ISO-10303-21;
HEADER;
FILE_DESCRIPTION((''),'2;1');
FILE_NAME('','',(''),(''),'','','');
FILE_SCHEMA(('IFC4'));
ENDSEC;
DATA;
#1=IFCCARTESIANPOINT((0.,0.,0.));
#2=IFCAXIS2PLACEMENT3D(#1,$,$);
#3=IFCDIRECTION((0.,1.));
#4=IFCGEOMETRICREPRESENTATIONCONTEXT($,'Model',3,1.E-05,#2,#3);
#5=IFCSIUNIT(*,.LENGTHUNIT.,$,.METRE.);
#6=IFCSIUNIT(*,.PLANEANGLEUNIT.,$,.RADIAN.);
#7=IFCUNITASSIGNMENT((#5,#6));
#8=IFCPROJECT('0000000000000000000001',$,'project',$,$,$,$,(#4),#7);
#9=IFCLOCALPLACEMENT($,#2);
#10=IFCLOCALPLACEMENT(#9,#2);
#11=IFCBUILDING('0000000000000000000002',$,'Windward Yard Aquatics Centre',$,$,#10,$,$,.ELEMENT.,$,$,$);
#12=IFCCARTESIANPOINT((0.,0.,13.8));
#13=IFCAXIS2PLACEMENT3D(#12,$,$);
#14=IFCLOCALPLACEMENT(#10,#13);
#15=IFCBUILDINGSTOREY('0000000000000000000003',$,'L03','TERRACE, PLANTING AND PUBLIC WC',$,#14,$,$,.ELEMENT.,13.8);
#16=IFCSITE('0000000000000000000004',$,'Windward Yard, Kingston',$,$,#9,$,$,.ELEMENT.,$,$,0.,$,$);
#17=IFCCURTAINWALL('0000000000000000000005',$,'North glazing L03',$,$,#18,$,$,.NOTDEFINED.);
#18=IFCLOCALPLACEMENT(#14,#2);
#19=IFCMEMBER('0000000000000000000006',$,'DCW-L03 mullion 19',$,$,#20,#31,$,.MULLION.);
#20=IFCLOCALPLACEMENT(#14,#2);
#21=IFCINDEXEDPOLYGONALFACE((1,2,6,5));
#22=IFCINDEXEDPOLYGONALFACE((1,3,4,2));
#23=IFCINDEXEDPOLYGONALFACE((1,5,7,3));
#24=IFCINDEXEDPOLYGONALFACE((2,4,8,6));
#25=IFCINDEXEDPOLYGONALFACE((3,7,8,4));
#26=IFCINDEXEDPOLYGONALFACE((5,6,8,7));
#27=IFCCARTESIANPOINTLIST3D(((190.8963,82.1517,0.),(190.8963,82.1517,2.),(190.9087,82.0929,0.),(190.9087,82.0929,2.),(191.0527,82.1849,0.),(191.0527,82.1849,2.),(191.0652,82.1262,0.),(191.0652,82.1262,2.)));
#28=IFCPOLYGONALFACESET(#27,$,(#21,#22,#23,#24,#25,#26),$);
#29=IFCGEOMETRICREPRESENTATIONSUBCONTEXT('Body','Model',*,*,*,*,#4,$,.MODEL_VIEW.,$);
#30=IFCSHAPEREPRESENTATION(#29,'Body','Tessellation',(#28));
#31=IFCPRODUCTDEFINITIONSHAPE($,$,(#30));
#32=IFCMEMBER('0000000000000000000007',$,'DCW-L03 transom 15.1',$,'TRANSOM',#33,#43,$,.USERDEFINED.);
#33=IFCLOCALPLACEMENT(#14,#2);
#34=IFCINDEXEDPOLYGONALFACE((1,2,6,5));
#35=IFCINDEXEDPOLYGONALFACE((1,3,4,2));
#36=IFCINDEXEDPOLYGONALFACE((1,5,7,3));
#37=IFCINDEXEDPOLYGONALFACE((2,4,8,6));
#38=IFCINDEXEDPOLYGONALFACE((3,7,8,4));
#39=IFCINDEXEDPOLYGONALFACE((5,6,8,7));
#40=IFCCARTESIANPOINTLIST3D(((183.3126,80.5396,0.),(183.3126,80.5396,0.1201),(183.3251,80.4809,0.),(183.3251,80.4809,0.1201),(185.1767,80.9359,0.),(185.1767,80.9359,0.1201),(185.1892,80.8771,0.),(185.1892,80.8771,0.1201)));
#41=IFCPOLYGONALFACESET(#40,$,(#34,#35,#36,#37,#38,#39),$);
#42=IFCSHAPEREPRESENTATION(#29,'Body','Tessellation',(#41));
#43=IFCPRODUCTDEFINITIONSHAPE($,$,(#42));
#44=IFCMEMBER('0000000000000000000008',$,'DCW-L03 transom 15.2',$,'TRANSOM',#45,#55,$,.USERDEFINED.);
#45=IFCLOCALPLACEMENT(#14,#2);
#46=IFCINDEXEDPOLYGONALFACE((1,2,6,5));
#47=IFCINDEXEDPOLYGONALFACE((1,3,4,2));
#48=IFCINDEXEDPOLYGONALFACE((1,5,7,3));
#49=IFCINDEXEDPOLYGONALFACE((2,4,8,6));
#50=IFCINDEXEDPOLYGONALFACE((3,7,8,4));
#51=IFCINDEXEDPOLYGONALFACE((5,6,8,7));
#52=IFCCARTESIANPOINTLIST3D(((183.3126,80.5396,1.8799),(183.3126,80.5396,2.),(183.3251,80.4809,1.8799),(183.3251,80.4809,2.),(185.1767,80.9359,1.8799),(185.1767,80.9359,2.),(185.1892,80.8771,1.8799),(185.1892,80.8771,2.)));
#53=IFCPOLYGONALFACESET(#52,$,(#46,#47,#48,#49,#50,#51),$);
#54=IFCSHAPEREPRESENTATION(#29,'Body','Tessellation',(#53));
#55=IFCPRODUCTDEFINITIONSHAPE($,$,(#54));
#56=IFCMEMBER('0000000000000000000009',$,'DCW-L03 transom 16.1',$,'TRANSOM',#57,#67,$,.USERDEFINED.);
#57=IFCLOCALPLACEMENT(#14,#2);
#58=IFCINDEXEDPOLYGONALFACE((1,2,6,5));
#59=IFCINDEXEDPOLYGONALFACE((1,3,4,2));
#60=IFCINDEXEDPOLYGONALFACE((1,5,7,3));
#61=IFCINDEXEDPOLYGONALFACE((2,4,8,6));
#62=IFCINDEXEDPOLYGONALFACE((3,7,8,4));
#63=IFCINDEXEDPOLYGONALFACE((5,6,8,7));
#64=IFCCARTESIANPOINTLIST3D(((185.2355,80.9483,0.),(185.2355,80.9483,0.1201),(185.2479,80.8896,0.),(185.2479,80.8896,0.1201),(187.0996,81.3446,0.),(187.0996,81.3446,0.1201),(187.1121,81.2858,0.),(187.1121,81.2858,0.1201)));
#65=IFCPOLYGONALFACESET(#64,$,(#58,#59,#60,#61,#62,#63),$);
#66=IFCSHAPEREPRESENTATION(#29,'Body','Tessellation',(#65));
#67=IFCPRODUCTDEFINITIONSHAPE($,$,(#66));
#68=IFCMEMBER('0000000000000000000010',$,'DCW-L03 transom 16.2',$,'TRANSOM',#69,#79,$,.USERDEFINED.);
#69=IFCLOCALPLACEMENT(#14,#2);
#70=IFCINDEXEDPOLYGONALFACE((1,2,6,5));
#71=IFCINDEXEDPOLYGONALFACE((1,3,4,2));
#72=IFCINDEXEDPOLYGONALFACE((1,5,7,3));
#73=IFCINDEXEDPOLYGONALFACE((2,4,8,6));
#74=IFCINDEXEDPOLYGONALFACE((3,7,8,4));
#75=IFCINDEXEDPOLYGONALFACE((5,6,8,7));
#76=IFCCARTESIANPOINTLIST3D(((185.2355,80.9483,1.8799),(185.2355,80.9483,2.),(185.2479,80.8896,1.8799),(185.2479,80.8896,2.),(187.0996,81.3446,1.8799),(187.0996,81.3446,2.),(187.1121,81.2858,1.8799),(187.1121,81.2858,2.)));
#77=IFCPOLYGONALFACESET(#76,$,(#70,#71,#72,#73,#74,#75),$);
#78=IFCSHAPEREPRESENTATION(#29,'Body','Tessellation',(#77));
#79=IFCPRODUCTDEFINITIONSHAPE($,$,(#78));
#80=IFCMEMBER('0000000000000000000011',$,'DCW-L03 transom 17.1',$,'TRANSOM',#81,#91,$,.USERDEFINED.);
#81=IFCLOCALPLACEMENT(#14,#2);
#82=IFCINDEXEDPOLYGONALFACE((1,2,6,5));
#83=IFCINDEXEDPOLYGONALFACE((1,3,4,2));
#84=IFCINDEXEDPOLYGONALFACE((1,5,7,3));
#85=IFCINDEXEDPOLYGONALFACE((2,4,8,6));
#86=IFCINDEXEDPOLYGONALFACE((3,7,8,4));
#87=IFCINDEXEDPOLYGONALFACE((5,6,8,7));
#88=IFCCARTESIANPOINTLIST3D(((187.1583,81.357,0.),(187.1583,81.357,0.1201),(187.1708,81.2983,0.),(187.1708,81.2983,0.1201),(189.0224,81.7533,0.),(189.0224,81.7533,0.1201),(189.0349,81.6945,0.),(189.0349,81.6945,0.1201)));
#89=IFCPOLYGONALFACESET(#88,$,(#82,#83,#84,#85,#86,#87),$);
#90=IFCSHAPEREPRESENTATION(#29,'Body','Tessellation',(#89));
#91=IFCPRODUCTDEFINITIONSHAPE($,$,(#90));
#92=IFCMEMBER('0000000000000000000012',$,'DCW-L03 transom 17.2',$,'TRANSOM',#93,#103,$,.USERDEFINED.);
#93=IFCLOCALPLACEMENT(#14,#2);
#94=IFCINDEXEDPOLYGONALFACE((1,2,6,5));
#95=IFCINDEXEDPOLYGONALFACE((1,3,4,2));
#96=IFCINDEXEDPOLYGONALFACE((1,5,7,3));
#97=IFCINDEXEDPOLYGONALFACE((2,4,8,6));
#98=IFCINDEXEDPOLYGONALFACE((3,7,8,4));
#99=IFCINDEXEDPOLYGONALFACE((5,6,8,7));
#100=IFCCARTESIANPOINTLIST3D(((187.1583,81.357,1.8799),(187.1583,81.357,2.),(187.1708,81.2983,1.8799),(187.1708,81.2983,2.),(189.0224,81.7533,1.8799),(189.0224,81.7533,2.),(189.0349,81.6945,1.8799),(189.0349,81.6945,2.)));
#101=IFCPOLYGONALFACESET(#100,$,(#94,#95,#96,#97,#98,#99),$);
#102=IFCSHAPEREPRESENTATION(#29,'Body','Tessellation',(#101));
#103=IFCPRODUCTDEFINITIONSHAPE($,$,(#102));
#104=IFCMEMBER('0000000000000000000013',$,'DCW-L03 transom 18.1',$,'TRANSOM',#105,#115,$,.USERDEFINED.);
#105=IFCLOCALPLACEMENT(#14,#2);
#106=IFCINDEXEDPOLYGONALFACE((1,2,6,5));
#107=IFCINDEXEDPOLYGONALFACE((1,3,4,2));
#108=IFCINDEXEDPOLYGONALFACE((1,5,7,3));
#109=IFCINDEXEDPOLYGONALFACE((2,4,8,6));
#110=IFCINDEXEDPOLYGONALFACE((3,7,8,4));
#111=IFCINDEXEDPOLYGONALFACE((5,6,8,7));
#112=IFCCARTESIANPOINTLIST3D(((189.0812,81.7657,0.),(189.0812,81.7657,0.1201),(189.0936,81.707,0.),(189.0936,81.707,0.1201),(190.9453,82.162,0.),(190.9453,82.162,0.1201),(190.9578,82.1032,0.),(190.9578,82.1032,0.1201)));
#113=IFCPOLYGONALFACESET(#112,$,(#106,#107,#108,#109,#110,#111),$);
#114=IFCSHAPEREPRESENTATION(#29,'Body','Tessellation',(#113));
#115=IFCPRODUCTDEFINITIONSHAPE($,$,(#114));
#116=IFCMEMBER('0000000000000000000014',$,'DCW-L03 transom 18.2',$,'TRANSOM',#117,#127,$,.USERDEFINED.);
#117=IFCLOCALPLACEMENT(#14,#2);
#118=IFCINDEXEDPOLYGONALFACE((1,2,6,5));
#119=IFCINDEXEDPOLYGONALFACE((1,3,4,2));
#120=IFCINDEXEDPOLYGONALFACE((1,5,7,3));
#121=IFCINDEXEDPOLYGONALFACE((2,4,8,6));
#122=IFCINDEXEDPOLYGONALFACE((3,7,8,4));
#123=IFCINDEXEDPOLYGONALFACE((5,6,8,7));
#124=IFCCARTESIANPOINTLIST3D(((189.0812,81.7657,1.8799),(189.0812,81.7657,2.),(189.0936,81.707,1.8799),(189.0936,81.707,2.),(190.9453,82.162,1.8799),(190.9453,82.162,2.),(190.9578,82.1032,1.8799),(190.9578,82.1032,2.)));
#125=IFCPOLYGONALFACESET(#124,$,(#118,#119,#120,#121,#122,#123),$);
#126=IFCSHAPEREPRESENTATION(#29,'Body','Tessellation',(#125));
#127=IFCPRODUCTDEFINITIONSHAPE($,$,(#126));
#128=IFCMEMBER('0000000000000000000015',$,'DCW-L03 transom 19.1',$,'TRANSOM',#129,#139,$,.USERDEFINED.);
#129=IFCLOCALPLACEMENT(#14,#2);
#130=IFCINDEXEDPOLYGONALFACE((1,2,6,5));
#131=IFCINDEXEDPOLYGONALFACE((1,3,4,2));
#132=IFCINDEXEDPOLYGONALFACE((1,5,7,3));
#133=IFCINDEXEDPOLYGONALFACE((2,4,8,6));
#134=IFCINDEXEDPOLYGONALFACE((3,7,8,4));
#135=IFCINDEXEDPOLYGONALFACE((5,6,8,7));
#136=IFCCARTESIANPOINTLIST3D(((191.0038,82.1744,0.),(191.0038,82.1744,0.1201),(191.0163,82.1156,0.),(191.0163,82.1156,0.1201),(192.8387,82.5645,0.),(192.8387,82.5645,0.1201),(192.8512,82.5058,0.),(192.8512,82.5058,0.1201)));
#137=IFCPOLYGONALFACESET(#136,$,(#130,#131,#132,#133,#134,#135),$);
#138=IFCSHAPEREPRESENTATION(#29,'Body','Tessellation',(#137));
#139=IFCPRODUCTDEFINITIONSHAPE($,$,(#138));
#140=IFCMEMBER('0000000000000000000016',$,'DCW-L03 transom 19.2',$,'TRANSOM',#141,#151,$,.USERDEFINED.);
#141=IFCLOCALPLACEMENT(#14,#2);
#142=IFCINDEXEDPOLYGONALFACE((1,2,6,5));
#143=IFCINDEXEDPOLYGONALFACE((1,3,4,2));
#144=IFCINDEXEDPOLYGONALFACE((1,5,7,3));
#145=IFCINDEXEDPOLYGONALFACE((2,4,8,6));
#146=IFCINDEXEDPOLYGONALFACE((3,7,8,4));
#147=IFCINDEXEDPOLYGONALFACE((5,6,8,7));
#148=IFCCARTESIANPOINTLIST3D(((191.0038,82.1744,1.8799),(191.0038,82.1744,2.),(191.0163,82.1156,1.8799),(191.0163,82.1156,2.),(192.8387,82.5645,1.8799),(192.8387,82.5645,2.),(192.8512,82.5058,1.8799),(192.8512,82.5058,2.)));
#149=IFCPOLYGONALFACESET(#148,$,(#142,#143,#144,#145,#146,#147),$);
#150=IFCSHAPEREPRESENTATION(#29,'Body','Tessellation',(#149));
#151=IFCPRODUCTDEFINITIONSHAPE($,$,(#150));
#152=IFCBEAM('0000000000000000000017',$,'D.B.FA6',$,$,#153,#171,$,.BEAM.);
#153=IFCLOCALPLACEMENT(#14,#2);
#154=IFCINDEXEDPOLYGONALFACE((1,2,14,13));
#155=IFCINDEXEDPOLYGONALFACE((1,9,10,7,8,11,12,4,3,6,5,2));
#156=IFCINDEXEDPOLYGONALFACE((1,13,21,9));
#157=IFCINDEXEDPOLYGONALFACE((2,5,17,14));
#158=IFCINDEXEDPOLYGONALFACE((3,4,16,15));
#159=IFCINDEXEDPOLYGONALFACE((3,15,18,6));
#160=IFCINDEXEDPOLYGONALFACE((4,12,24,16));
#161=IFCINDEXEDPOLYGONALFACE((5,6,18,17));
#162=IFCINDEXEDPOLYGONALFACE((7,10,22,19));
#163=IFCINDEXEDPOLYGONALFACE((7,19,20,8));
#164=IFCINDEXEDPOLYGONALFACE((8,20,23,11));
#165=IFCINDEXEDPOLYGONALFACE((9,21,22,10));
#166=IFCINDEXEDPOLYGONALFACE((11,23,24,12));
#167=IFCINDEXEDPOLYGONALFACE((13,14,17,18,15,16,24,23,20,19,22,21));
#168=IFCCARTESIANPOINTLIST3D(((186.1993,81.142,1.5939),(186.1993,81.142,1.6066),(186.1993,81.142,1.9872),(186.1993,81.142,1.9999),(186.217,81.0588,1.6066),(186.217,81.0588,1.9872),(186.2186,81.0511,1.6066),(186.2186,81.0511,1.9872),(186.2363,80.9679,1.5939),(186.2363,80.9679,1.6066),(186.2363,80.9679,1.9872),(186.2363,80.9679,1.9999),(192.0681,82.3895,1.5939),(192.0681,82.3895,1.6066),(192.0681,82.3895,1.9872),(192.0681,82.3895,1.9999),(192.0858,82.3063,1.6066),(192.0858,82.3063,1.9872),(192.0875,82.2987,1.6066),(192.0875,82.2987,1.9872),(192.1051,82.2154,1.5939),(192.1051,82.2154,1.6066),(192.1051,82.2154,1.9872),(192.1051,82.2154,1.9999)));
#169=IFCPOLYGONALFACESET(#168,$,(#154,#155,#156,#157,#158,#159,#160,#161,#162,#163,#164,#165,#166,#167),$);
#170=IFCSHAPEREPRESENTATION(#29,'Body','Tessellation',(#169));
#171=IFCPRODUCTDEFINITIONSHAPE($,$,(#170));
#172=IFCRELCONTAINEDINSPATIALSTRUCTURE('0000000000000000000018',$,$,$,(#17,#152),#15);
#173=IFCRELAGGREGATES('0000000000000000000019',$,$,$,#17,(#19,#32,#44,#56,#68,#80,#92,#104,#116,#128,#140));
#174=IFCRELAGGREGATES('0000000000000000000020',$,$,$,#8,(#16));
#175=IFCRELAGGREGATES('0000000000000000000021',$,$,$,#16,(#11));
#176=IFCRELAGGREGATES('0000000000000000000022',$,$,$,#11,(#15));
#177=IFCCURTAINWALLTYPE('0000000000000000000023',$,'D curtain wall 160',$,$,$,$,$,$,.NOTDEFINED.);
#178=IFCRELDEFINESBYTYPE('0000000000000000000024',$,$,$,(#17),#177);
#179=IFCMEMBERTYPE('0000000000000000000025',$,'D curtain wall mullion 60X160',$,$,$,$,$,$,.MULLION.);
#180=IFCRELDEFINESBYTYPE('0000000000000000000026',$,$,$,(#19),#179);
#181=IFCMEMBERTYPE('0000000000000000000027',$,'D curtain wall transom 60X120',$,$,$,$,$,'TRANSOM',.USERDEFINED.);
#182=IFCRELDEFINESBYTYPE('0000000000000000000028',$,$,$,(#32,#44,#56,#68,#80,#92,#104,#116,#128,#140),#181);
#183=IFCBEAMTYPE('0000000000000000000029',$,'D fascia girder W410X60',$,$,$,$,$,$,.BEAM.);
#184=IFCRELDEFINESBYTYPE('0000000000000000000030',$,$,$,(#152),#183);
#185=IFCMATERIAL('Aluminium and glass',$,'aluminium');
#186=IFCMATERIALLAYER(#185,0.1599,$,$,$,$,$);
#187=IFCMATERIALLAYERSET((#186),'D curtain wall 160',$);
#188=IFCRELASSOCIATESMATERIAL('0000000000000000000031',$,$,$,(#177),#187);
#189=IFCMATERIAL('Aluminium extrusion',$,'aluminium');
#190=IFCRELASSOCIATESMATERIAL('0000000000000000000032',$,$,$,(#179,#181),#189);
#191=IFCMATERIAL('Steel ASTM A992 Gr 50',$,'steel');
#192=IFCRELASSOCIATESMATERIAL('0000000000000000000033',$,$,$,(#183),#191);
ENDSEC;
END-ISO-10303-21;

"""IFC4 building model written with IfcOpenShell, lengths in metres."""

from ifc_helpers import new_model, si_unit, direction, frame, origin, origin_2d, place, context, subcontext, project, spatial, rectangle, i_section, extrude, material, layer, layer_set, material_profile, profile_set, type_object, element, aggregate, save


model = new_model("IFC4")

# Units and contexts
model_context = context("Model", 3, precision=1e-05, world=origin(), true_north=direction((0.0, 1.0)))
body_context = subcontext(model_context, "Body", "Model", "MODEL_VIEW")
ifc_project = project(units=[si_unit("LENGTHUNIT", "METRE"), si_unit("PLANEANGLEUNIT", "RADIAN")], contexts=[model_context])

# Site, building, storey
site_placement = place(None, origin())
site = spatial("IfcSite", under=ifc_project, at=site_placement, Name="Windward Yard, Kingston", CompositionType="ELEMENT", RefElevation=0.0)
building_placement = place(site_placement, origin())
building = spatial("IfcBuilding", under=site, at=building_placement, Name="Windward Yard Aquatics Centre", CompositionType="ELEMENT")
storey_placement = place(building_placement, frame((0.0, 0.0, 13.8)))
storey = spatial("IfcBuildingStorey", under=building, at=storey_placement, Name="L03", Description="TERRACE, PLANTING AND PUBLIC WC", CompositionType="ELEMENT", Elevation=13.8)

# Curtain wall, members
ifc_material_1 = material(Name="Aluminium and glass", Category="aluminium")
ifc_layer_1 = layer(ifc_material_1, 0.1599)
ifc_layer_set_1 = layer_set([ifc_layer_1], Name="D curtain wall 160")
curtain_wall_type = type_object("IfcCurtainWallType", Name="D curtain wall 160", PredefinedType="NOTDEFINED", material=ifc_layer_set_1)
curtain_wall_placement = place(storey_placement, origin())
curtain_wall = element("IfcCurtainWall", 1, at=curtain_wall_placement, inside=storey, type_object=curtain_wall_type, Name="North glazing L03", PredefinedType="NOTDEFINED")
ifc_material_2 = material(Name="Aluminium extrusion", Category="aluminium")
ifc_material_profile_1 = material_profile(ifc_material_2, rectangle(XDim=0.0601, YDim=0.1599, at=origin_2d()), Name="MULLION 60X160")
ifc_profile_set_1 = profile_set([ifc_material_profile_1], Name="Aluminium extrusion")
member_type_1 = type_object("IfcMemberType", Name="D curtain wall mullion 60X160", PredefinedType="MULLION", material=ifc_profile_set_1)
member_1_placement = place(storey_placement, frame((190.9807, 82.1389, 0.0), z_axis=(0.0, 0.0, 1.0), x_axis=(-0.207912, 0.978148, 0.0)))
member_1 = element("IfcMember", 2, at=member_1_placement, type_object=member_type_1, Name="DCW-L03 mullion 19", PredefinedType="MULLION", context=body_context, shape_type="SweptSolid", body=[
    extrude(rectangle(XDim=0.0601, YDim=0.1599, at=origin_2d()), origin(), (0.0, 0.0, 1.0), 2.0),
])
ifc_material_profile_2 = material_profile(ifc_material_2, rectangle(XDim=0.0601, YDim=0.1201, at=origin_2d()), Name="TRANSOM 60X120")
ifc_profile_set_2 = profile_set([ifc_material_profile_2], Name="Aluminium extrusion")
member_type_2 = type_object("IfcMemberType", Name="D curtain wall transom 60X120", ElementType="TRANSOM", PredefinedType="USERDEFINED", material=ifc_profile_set_2)
member_2_placement = place(storey_placement, frame((183.3188, 80.5103, 0.0601), z_axis=(0.978144, 0.207928, 0.0), x_axis=(-0.207928, 0.978144, 0.0)))
member_2 = element("IfcMember", 3, at=member_2_placement, type_object=member_type_2, Name="DCW-L03 transom 15.1", ObjectType="TRANSOM", PredefinedType="USERDEFINED", context=body_context, shape_type="SweptSolid", body=[
    extrude(rectangle(XDim=0.0601, YDim=0.1201, at=origin_2d()), origin(), (0.0, 0.0, 1.0), 1.9058),
])
member_3_placement = place(storey_placement, frame((183.3188, 80.5103, 1.9399), z_axis=(0.978144, 0.207928, 0.0), x_axis=(-0.207928, 0.978144, 0.0)))
member_3 = element("IfcMember", 4, at=member_3_placement, type_object=member_type_2, Name="DCW-L03 transom 15.2", ObjectType="TRANSOM", PredefinedType="USERDEFINED", context=body_context, shape_type="SweptSolid", body=[
    extrude(rectangle(XDim=0.0601, YDim=0.1201, at=origin_2d()), origin(), (0.0, 0.0, 1.0), 1.9058),
])
member_4_placement = place(storey_placement, frame((185.2417, 80.9189, 0.0601), z_axis=(0.978144, 0.207928, 0.0), x_axis=(-0.207928, 0.978144, 0.0)))
member_4 = element("IfcMember", 5, at=member_4_placement, type_object=member_type_2, Name="DCW-L03 transom 16.1", ObjectType="TRANSOM", PredefinedType="USERDEFINED", context=body_context, shape_type="SweptSolid", body=[
    extrude(rectangle(XDim=0.0601, YDim=0.1201, at=origin_2d()), origin(), (0.0, 0.0, 1.0), 1.9058),
])
member_5_placement = place(storey_placement, frame((185.2417, 80.9189, 1.9399), z_axis=(0.978144, 0.207928, 0.0), x_axis=(-0.207928, 0.978144, 0.0)))
member_5 = element("IfcMember", 6, at=member_5_placement, type_object=member_type_2, Name="DCW-L03 transom 16.2", ObjectType="TRANSOM", PredefinedType="USERDEFINED", context=body_context, shape_type="SweptSolid", body=[
    extrude(rectangle(XDim=0.0601, YDim=0.1201, at=origin_2d()), origin(), (0.0, 0.0, 1.0), 1.9058),
])
member_6_placement = place(storey_placement, frame((187.1646, 81.3276, 0.0601), z_axis=(0.978144, 0.207928, 0.0), x_axis=(-0.207928, 0.978144, 0.0)))
member_6 = element("IfcMember", 7, at=member_6_placement, type_object=member_type_2, Name="DCW-L03 transom 17.1", ObjectType="TRANSOM", PredefinedType="USERDEFINED", context=body_context, shape_type="SweptSolid", body=[
    extrude(rectangle(XDim=0.0601, YDim=0.1201, at=origin_2d()), origin(), (0.0, 0.0, 1.0), 1.9058),
])
member_7_placement = place(storey_placement, frame((187.1646, 81.3276, 1.9399), z_axis=(0.978144, 0.207928, 0.0), x_axis=(-0.207928, 0.978144, 0.0)))
member_7 = element("IfcMember", 8, at=member_7_placement, type_object=member_type_2, Name="DCW-L03 transom 17.2", ObjectType="TRANSOM", PredefinedType="USERDEFINED", context=body_context, shape_type="SweptSolid", body=[
    extrude(rectangle(XDim=0.0601, YDim=0.1201, at=origin_2d()), origin(), (0.0, 0.0, 1.0), 1.9058),
])
member_8_placement = place(storey_placement, frame((189.0874, 81.7363, 0.0601), z_axis=(0.978144, 0.207928, 0.0), x_axis=(-0.207928, 0.978144, 0.0)))
member_8 = element("IfcMember", 9, at=member_8_placement, type_object=member_type_2, Name="DCW-L03 transom 18.1", ObjectType="TRANSOM", PredefinedType="USERDEFINED", context=body_context, shape_type="SweptSolid", body=[
    extrude(rectangle(XDim=0.0601, YDim=0.1201, at=origin_2d()), origin(), (0.0, 0.0, 1.0), 1.9058),
])
member_9_placement = place(storey_placement, frame((189.0874, 81.7363, 1.9399), z_axis=(0.978144, 0.207928, 0.0), x_axis=(-0.207928, 0.978144, 0.0)))
member_9 = element("IfcMember", 10, at=member_9_placement, type_object=member_type_2, Name="DCW-L03 transom 18.2", ObjectType="TRANSOM", PredefinedType="USERDEFINED", context=body_context, shape_type="SweptSolid", body=[
    extrude(rectangle(XDim=0.0601, YDim=0.1201, at=origin_2d()), origin(), (0.0, 0.0, 1.0), 1.9058),
])
member_10_placement = place(storey_placement, frame((191.01, 82.145, 0.0601), z_axis=(0.978136, 0.207965, 0.0), x_axis=(-0.207965, 0.978136, 0.0)))
member_10 = element("IfcMember", 11, at=member_10_placement, type_object=member_type_2, Name="DCW-L03 transom 19.1", ObjectType="TRANSOM", PredefinedType="USERDEFINED", context=body_context, shape_type="SweptSolid", body=[
    extrude(rectangle(XDim=0.0601, YDim=0.1201, at=origin_2d()), origin(), (0.0, 0.0, 1.0), 1.876),
])
member_11_placement = place(storey_placement, frame((191.01, 82.145, 1.9399), z_axis=(0.978136, 0.207965, 0.0), x_axis=(-0.207965, 0.978136, 0.0)))
member_11 = element("IfcMember", 12, at=member_11_placement, type_object=member_type_2, Name="DCW-L03 transom 19.2", ObjectType="TRANSOM", PredefinedType="USERDEFINED", context=body_context, shape_type="SweptSolid", body=[
    extrude(rectangle(XDim=0.0601, YDim=0.1201, at=origin_2d()), origin(), (0.0, 0.0, 1.0), 1.876),
])

# Beam
ifc_material_3 = material(Name="Steel ASTM A992 Gr 50", Category="steel")
ifc_material_profile_3 = material_profile(ifc_material_3, i_section(OverallWidth=0.178, OverallDepth=0.406, WebThickness=0.0078, FlangeThickness=0.0127, at=origin_2d()), Name="W410X60")
ifc_profile_set_3 = profile_set([ifc_material_profile_3], Name="Steel ASTM A992 Gr 50")
beam_type = type_object("IfcBeamType", Name="D fascia girder W410X60", PredefinedType="BEAM", material=ifc_profile_set_3)
beam_placement = place(storey_placement, frame((186.2178, 81.0549, 1.7969), z_axis=(0.978145, 0.207925, 0.0), x_axis=(-0.207925, 0.978145, 0.0)))
element("IfcBeam", 13, at=beam_placement, inside=storey, type_object=beam_type, Name="D.B.FA6", PredefinedType="BEAM", context=body_context, shape_type="SweptSolid", body=[
    extrude(i_section(OverallWidth=0.178, OverallDepth=0.406, WebThickness=0.0078, FlangeThickness=0.0127, at=origin_2d()), origin(), (0.0, 0.0, 1.0), 6.0),
])

aggregate(curtain_wall, [member_1, member_2, member_3, member_4, member_5, member_6, member_7, member_8, member_9, member_10, member_11])

save(model, "model.ifc")
